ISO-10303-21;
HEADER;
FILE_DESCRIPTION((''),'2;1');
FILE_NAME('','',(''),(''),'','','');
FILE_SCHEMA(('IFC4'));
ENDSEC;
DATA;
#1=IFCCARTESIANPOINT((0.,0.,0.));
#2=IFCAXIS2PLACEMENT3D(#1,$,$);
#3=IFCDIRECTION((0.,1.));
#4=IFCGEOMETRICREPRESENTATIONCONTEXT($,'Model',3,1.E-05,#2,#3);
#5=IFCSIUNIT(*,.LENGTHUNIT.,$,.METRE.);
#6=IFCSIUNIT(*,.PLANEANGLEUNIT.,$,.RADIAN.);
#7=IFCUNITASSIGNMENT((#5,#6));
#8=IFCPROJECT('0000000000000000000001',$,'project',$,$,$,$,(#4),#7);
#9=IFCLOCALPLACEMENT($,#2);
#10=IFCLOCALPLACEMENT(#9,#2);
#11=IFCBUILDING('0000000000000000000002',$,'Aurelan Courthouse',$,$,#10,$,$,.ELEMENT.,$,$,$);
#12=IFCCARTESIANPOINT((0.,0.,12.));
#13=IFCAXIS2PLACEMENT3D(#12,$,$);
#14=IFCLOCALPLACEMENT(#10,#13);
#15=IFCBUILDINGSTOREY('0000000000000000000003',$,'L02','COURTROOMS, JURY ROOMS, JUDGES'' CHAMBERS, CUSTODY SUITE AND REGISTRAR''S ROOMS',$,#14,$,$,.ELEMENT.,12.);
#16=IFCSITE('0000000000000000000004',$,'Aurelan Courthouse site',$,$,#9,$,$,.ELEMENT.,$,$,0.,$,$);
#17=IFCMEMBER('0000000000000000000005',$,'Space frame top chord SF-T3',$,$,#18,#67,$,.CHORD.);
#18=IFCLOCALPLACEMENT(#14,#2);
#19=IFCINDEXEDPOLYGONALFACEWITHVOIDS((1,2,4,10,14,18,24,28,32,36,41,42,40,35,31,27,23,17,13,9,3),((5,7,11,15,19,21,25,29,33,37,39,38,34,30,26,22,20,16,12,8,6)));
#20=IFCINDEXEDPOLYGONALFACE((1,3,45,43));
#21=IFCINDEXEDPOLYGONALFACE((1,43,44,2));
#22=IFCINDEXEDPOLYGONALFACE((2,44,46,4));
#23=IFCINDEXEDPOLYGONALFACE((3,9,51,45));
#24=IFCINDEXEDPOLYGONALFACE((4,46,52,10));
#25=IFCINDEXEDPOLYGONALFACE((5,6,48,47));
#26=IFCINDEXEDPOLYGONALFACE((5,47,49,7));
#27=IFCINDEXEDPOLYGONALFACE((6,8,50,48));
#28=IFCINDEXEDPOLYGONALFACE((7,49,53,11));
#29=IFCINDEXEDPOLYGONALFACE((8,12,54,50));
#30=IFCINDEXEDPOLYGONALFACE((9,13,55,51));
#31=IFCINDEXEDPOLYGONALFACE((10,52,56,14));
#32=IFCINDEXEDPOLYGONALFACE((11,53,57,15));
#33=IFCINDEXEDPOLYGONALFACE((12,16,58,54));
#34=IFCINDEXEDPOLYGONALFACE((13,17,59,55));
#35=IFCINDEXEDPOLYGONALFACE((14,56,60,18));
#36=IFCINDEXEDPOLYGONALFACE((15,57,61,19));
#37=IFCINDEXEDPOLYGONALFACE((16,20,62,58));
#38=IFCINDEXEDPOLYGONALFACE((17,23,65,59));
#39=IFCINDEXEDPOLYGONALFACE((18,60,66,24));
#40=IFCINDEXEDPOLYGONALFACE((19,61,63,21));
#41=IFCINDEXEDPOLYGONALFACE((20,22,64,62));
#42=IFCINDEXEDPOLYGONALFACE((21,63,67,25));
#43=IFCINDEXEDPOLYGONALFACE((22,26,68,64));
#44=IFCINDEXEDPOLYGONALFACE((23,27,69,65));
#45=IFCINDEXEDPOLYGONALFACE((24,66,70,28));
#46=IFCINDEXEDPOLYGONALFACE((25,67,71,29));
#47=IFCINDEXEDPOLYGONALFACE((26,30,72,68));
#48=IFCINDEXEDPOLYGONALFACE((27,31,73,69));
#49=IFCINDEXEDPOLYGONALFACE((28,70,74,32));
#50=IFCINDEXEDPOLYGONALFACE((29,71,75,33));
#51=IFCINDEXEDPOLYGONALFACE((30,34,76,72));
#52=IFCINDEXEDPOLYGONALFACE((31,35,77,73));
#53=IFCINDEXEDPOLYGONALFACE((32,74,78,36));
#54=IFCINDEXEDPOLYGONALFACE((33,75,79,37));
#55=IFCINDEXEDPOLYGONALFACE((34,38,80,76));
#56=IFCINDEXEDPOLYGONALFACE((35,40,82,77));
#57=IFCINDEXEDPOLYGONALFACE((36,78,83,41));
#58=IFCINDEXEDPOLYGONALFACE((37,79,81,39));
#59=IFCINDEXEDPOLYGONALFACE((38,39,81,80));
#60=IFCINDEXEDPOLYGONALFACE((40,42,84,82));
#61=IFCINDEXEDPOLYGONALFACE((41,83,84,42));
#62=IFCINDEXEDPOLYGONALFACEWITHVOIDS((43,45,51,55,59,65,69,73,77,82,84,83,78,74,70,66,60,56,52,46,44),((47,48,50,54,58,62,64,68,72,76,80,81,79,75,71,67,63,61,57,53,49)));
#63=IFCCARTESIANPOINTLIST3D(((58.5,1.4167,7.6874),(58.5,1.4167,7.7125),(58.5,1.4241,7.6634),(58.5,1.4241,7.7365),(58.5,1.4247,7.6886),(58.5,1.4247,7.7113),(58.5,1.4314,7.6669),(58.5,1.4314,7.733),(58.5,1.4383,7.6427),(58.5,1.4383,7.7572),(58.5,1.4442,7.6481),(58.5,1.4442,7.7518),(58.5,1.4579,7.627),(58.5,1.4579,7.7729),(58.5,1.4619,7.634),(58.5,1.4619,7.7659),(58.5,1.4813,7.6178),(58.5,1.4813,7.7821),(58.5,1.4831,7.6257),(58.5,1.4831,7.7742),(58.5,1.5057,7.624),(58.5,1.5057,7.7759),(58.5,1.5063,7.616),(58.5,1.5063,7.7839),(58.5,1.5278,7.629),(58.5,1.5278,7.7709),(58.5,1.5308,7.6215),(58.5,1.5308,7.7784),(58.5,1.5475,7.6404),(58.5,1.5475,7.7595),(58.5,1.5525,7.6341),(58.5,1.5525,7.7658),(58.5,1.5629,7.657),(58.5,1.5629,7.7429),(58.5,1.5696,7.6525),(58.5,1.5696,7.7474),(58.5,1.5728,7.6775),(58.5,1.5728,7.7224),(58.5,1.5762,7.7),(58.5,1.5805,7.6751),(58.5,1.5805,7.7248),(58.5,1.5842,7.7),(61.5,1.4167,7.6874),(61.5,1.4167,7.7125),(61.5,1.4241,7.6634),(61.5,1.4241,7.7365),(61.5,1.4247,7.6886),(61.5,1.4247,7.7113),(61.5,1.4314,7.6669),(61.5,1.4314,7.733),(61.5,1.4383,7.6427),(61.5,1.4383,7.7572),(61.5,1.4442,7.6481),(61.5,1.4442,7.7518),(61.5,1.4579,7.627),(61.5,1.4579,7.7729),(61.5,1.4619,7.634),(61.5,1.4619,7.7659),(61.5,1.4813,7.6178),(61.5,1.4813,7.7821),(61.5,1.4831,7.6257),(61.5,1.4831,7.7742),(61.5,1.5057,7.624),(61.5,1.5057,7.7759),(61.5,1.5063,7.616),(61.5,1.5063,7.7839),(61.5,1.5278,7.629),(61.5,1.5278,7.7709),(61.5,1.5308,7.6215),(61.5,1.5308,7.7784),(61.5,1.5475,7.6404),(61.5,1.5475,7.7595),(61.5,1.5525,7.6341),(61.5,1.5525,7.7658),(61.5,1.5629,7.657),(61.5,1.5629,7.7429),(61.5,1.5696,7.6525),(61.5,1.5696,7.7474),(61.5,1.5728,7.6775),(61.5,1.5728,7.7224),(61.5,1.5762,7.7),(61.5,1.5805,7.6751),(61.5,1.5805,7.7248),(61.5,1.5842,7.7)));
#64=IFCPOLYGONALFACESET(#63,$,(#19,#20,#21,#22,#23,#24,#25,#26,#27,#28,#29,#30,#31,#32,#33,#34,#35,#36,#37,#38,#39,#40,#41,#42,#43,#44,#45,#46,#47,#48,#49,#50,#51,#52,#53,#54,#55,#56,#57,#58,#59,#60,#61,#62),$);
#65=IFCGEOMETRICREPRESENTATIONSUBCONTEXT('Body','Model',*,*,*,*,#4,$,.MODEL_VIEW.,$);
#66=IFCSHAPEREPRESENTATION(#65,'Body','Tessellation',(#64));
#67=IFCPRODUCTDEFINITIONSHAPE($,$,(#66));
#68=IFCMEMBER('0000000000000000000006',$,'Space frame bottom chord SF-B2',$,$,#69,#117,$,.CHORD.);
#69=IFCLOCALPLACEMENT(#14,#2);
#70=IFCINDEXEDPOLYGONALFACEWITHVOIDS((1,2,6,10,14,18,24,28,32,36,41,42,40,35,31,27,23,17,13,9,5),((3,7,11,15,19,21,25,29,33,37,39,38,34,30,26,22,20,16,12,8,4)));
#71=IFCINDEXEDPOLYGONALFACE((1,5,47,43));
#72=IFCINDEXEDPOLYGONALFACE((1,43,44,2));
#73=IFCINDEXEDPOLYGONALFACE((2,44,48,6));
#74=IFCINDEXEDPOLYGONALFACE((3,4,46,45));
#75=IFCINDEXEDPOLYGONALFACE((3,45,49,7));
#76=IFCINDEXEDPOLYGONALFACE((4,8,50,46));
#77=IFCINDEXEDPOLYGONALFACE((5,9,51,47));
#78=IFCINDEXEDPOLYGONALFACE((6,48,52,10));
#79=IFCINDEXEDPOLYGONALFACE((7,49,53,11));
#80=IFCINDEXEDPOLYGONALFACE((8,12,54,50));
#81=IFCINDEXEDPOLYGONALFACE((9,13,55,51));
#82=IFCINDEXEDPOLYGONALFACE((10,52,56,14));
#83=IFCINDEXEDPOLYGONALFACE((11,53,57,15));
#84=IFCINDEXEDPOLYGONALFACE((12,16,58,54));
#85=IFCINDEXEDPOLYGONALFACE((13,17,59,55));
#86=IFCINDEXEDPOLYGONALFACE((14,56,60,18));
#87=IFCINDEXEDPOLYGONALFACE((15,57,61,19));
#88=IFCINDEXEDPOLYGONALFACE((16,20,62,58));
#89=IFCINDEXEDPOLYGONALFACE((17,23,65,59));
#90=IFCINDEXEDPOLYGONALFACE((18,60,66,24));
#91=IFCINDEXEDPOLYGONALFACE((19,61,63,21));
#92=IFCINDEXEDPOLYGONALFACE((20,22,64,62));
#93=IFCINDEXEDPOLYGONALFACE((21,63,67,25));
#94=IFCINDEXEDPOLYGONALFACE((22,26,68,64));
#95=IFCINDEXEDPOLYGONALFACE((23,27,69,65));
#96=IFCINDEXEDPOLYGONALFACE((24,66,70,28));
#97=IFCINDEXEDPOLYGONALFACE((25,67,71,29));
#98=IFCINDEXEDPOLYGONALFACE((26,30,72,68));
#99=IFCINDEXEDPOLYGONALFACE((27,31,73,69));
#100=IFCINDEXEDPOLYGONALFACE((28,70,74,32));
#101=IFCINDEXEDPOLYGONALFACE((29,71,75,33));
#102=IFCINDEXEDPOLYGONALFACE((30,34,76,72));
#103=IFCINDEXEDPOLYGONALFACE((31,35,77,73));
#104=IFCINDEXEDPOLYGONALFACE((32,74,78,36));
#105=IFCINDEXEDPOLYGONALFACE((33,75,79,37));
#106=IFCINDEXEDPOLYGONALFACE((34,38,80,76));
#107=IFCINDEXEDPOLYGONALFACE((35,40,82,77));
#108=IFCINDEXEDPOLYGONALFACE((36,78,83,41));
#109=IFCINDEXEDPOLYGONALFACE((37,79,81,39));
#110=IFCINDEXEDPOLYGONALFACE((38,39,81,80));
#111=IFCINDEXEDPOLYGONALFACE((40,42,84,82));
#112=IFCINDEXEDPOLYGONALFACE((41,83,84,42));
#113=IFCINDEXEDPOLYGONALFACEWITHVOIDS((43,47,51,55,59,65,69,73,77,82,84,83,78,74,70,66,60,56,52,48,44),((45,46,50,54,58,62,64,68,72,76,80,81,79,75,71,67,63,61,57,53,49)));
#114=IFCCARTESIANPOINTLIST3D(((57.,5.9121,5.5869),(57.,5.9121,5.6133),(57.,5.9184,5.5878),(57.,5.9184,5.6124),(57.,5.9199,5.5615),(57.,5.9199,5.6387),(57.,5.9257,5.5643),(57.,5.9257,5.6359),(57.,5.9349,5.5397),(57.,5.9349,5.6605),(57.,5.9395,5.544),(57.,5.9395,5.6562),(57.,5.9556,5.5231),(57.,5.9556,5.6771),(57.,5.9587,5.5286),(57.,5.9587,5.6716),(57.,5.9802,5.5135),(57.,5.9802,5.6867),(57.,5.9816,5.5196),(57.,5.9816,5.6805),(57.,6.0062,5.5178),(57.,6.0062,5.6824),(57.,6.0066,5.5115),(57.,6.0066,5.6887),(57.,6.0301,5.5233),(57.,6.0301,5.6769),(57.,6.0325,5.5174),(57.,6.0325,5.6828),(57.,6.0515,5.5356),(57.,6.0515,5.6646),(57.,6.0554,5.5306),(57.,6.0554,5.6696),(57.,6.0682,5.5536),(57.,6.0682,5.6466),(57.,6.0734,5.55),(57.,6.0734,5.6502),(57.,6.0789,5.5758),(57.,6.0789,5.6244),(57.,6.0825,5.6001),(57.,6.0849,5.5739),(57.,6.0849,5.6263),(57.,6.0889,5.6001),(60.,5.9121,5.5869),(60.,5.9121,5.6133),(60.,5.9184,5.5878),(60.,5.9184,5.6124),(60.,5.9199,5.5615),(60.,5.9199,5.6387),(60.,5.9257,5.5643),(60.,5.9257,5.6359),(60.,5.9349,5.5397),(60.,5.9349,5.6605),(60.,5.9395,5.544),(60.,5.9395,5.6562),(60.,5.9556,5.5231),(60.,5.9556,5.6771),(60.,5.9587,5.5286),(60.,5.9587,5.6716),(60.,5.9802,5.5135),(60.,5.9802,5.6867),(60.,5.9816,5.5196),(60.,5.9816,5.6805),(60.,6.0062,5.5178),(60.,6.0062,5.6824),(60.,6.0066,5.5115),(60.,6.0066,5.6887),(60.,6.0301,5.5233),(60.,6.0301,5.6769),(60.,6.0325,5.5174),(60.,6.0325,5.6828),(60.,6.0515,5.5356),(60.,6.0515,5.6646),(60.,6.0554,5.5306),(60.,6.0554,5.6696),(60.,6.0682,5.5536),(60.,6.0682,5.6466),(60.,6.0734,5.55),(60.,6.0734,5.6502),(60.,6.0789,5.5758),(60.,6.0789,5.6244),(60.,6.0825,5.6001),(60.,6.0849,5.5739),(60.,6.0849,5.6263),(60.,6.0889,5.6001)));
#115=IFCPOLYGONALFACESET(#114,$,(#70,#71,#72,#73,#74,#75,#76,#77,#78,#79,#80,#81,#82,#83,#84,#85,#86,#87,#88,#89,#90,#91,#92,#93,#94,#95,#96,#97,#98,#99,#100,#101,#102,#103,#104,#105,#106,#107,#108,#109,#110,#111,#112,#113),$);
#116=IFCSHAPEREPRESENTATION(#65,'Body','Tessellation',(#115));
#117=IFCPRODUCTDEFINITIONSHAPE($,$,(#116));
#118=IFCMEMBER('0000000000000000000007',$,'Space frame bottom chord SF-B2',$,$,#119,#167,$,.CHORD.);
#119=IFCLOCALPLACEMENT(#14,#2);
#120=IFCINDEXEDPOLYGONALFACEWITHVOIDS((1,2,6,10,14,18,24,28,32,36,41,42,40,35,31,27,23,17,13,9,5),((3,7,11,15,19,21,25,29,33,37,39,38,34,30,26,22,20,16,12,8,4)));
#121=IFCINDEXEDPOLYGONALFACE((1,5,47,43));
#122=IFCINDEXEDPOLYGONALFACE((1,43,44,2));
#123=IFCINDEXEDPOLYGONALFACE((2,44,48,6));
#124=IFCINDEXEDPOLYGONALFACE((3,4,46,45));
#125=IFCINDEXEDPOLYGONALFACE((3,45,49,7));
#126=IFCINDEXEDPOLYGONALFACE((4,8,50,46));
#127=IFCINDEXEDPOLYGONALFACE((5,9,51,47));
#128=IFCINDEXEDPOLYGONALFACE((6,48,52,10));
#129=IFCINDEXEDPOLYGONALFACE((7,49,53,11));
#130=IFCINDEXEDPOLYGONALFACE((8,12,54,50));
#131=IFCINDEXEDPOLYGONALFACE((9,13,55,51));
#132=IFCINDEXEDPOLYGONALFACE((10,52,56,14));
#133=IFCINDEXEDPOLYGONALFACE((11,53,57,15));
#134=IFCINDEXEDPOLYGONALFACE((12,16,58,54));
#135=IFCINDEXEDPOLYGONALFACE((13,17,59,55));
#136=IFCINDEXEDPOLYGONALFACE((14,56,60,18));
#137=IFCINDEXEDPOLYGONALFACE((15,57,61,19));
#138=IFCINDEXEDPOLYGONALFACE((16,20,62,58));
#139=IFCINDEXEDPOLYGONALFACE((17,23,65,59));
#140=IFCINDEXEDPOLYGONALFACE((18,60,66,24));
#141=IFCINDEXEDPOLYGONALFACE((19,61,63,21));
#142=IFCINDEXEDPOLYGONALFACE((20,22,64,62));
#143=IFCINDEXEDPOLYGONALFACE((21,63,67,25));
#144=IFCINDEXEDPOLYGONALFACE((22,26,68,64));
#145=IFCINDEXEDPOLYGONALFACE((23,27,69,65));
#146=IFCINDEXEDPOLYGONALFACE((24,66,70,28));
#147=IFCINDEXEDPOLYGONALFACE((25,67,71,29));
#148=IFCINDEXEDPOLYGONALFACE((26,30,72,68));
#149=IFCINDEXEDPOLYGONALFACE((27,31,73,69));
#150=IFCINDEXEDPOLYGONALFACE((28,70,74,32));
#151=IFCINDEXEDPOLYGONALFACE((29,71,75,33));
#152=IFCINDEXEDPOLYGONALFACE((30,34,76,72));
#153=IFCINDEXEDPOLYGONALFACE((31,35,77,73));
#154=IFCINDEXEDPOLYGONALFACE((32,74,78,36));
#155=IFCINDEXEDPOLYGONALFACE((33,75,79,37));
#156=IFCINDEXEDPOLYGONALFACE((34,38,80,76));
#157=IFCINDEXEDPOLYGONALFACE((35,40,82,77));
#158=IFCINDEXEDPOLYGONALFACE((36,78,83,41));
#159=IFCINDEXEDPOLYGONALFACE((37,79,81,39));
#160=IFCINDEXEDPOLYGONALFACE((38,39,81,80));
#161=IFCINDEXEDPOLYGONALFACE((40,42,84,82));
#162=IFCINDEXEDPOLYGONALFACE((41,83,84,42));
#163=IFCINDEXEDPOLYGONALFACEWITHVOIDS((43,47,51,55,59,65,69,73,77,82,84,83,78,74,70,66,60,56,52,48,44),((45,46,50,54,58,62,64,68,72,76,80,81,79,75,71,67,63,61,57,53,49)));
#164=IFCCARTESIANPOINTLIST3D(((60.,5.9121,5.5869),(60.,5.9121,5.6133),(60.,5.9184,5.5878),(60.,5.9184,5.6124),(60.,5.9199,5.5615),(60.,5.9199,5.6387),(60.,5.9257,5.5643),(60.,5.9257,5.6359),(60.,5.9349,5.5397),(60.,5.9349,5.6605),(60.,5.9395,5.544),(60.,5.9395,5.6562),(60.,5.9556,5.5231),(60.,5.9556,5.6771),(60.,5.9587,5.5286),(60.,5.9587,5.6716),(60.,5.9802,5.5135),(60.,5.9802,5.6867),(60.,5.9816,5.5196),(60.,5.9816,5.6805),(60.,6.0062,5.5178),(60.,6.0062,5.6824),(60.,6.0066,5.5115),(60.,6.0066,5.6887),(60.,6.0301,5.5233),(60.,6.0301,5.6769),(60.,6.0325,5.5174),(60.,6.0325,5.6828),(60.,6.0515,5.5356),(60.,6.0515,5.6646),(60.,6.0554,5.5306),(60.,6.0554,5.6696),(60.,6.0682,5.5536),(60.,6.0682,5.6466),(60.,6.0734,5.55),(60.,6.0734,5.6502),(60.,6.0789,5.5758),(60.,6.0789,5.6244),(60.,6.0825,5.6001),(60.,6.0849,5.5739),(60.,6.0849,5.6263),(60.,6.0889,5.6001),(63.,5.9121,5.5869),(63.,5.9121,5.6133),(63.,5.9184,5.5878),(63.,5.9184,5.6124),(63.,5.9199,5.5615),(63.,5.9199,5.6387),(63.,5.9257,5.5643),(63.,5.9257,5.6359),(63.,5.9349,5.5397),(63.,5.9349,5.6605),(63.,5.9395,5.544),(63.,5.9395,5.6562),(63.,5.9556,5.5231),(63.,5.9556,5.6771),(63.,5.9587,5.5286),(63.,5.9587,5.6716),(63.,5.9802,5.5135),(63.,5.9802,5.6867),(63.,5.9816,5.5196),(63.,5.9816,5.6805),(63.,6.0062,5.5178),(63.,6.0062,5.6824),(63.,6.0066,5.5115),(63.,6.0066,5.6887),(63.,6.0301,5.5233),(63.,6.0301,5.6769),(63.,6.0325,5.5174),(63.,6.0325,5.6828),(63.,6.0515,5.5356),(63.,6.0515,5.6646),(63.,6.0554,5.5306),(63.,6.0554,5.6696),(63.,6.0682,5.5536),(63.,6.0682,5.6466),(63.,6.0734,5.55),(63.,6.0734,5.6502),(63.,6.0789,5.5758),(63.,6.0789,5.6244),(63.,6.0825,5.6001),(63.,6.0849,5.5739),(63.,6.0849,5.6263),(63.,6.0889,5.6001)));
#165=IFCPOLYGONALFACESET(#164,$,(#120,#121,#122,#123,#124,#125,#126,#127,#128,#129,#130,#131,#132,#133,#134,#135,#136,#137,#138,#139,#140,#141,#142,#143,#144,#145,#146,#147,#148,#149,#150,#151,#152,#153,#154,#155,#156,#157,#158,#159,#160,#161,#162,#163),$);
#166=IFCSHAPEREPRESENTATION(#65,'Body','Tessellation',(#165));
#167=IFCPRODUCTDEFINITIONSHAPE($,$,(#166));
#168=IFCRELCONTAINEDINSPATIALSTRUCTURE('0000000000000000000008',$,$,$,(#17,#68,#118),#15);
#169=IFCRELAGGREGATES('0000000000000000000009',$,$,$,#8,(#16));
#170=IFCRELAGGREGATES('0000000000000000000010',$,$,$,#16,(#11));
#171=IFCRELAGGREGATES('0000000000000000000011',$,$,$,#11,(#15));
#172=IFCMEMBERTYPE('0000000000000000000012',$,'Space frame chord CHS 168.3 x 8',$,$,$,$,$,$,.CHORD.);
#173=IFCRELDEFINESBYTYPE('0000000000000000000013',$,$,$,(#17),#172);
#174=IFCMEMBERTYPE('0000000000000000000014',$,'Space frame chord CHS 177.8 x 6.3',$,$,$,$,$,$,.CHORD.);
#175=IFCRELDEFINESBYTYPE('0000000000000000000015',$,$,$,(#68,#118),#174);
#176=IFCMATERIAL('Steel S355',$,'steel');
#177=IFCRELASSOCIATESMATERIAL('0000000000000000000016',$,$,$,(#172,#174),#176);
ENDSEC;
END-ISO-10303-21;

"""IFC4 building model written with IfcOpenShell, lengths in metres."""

from ifc_helpers import new_model, si_unit, direction, frame, origin, origin_2d, place, context, subcontext, project, spatial, hollow_circle, extrude, material, material_profile, profile_set, type_object, element, save


model = new_model("IFC4")

# Units and contexts
model_context = context("Model", 3, precision=1e-05, world=origin(), true_north=direction((0.0, 1.0)))
body_context = subcontext(model_context, "Body", "Model", "MODEL_VIEW")
ifc_project = project(units=[si_unit("LENGTHUNIT", "METRE"), si_unit("PLANEANGLEUNIT", "RADIAN")], contexts=[model_context])

# Site, building, storey
site_placement = place(None, origin())
site = spatial("IfcSite", under=ifc_project, at=site_placement, Name="Aurelan Courthouse site", CompositionType="ELEMENT", RefElevation=0.0)
building_placement = place(site_placement, origin())
building = spatial("IfcBuilding", under=site, at=building_placement, Name="Aurelan Courthouse", CompositionType="ELEMENT")
storey_placement = place(building_placement, frame((0.0, 0.0, 12.0)))
storey = spatial("IfcBuildingStorey", under=building, at=storey_placement, Name="L02", Description="COURTROOMS, JURY ROOMS, JUDGES' CHAMBERS, CUSTODY SUITE AND REGISTRAR'S ROOMS", CompositionType="ELEMENT", Elevation=12.0)

# Members
ifc_material_1 = material(Name="Steel S355", Category="steel")
ifc_material_profile_1 = material_profile(ifc_material_1, hollow_circle(Radius=0.0842, WallThickness=0.0081, at=origin_2d()), Name="CHS 168.3 x 8")
ifc_profile_set_1 = profile_set([ifc_material_profile_1], Name="Steel S355")
member_type_1 = type_object("IfcMemberType", Name="Space frame chord CHS 168.3 x 8", PredefinedType="CHORD", material=ifc_profile_set_1)
member_placement = place(storey_placement, frame((58.5, 1.5, 7.7), z_axis=(1.0, 0.0, 0.0), x_axis=(0.0, 1.0, 0.0)))
element("IfcMember", 1, at=member_placement, inside=storey, type_object=member_type_1, Name="Space frame top chord SF-T3", PredefinedType="CHORD", context=body_context, shape_type="SweptSolid", body=[
    extrude(hollow_circle(Radius=0.0842, WallThickness=0.0081, at=origin_2d()), origin(), (0.0, 0.0, 1.0), 3.0),
])
ifc_material_profile_2 = material_profile(ifc_material_1, hollow_circle(Radius=0.0889, WallThickness=0.0063, at=origin_2d()), Name="CHS 177.8 x 6.3")
ifc_profile_set_2 = profile_set([ifc_material_profile_2], Name="Steel S355")
member_type_2 = type_object("IfcMemberType", Name="Space frame chord CHS 177.8 x 6.3", PredefinedType="CHORD", material=ifc_profile_set_2)
for number, where, z_axis, x_axis, name in (
    (2, (57.0, 6.0, 5.6001), (1.0, 0.0, 0.0), (0.0, 1.0, 0.0), "Space frame bottom chord SF-B2"),
    (3, (60.0, 6.0, 5.6001), (1.0, 0.0, 0.0), (0.0, 1.0, 0.0), "Space frame bottom chord SF-B2"),
):
    element("IfcMember", number, at=place(storey_placement, frame(where, z_axis=z_axis, x_axis=x_axis)), inside=storey, type_object=member_type_2, Name=name, PredefinedType="CHORD", context=body_context, shape_type="SweptSolid", body=[
        extrude(hollow_circle(Radius=0.0889, WallThickness=0.0063, at=origin_2d()), origin(), (0.0, 0.0, 1.0), 3.0),
    ])

save(model, "model.ifc")
